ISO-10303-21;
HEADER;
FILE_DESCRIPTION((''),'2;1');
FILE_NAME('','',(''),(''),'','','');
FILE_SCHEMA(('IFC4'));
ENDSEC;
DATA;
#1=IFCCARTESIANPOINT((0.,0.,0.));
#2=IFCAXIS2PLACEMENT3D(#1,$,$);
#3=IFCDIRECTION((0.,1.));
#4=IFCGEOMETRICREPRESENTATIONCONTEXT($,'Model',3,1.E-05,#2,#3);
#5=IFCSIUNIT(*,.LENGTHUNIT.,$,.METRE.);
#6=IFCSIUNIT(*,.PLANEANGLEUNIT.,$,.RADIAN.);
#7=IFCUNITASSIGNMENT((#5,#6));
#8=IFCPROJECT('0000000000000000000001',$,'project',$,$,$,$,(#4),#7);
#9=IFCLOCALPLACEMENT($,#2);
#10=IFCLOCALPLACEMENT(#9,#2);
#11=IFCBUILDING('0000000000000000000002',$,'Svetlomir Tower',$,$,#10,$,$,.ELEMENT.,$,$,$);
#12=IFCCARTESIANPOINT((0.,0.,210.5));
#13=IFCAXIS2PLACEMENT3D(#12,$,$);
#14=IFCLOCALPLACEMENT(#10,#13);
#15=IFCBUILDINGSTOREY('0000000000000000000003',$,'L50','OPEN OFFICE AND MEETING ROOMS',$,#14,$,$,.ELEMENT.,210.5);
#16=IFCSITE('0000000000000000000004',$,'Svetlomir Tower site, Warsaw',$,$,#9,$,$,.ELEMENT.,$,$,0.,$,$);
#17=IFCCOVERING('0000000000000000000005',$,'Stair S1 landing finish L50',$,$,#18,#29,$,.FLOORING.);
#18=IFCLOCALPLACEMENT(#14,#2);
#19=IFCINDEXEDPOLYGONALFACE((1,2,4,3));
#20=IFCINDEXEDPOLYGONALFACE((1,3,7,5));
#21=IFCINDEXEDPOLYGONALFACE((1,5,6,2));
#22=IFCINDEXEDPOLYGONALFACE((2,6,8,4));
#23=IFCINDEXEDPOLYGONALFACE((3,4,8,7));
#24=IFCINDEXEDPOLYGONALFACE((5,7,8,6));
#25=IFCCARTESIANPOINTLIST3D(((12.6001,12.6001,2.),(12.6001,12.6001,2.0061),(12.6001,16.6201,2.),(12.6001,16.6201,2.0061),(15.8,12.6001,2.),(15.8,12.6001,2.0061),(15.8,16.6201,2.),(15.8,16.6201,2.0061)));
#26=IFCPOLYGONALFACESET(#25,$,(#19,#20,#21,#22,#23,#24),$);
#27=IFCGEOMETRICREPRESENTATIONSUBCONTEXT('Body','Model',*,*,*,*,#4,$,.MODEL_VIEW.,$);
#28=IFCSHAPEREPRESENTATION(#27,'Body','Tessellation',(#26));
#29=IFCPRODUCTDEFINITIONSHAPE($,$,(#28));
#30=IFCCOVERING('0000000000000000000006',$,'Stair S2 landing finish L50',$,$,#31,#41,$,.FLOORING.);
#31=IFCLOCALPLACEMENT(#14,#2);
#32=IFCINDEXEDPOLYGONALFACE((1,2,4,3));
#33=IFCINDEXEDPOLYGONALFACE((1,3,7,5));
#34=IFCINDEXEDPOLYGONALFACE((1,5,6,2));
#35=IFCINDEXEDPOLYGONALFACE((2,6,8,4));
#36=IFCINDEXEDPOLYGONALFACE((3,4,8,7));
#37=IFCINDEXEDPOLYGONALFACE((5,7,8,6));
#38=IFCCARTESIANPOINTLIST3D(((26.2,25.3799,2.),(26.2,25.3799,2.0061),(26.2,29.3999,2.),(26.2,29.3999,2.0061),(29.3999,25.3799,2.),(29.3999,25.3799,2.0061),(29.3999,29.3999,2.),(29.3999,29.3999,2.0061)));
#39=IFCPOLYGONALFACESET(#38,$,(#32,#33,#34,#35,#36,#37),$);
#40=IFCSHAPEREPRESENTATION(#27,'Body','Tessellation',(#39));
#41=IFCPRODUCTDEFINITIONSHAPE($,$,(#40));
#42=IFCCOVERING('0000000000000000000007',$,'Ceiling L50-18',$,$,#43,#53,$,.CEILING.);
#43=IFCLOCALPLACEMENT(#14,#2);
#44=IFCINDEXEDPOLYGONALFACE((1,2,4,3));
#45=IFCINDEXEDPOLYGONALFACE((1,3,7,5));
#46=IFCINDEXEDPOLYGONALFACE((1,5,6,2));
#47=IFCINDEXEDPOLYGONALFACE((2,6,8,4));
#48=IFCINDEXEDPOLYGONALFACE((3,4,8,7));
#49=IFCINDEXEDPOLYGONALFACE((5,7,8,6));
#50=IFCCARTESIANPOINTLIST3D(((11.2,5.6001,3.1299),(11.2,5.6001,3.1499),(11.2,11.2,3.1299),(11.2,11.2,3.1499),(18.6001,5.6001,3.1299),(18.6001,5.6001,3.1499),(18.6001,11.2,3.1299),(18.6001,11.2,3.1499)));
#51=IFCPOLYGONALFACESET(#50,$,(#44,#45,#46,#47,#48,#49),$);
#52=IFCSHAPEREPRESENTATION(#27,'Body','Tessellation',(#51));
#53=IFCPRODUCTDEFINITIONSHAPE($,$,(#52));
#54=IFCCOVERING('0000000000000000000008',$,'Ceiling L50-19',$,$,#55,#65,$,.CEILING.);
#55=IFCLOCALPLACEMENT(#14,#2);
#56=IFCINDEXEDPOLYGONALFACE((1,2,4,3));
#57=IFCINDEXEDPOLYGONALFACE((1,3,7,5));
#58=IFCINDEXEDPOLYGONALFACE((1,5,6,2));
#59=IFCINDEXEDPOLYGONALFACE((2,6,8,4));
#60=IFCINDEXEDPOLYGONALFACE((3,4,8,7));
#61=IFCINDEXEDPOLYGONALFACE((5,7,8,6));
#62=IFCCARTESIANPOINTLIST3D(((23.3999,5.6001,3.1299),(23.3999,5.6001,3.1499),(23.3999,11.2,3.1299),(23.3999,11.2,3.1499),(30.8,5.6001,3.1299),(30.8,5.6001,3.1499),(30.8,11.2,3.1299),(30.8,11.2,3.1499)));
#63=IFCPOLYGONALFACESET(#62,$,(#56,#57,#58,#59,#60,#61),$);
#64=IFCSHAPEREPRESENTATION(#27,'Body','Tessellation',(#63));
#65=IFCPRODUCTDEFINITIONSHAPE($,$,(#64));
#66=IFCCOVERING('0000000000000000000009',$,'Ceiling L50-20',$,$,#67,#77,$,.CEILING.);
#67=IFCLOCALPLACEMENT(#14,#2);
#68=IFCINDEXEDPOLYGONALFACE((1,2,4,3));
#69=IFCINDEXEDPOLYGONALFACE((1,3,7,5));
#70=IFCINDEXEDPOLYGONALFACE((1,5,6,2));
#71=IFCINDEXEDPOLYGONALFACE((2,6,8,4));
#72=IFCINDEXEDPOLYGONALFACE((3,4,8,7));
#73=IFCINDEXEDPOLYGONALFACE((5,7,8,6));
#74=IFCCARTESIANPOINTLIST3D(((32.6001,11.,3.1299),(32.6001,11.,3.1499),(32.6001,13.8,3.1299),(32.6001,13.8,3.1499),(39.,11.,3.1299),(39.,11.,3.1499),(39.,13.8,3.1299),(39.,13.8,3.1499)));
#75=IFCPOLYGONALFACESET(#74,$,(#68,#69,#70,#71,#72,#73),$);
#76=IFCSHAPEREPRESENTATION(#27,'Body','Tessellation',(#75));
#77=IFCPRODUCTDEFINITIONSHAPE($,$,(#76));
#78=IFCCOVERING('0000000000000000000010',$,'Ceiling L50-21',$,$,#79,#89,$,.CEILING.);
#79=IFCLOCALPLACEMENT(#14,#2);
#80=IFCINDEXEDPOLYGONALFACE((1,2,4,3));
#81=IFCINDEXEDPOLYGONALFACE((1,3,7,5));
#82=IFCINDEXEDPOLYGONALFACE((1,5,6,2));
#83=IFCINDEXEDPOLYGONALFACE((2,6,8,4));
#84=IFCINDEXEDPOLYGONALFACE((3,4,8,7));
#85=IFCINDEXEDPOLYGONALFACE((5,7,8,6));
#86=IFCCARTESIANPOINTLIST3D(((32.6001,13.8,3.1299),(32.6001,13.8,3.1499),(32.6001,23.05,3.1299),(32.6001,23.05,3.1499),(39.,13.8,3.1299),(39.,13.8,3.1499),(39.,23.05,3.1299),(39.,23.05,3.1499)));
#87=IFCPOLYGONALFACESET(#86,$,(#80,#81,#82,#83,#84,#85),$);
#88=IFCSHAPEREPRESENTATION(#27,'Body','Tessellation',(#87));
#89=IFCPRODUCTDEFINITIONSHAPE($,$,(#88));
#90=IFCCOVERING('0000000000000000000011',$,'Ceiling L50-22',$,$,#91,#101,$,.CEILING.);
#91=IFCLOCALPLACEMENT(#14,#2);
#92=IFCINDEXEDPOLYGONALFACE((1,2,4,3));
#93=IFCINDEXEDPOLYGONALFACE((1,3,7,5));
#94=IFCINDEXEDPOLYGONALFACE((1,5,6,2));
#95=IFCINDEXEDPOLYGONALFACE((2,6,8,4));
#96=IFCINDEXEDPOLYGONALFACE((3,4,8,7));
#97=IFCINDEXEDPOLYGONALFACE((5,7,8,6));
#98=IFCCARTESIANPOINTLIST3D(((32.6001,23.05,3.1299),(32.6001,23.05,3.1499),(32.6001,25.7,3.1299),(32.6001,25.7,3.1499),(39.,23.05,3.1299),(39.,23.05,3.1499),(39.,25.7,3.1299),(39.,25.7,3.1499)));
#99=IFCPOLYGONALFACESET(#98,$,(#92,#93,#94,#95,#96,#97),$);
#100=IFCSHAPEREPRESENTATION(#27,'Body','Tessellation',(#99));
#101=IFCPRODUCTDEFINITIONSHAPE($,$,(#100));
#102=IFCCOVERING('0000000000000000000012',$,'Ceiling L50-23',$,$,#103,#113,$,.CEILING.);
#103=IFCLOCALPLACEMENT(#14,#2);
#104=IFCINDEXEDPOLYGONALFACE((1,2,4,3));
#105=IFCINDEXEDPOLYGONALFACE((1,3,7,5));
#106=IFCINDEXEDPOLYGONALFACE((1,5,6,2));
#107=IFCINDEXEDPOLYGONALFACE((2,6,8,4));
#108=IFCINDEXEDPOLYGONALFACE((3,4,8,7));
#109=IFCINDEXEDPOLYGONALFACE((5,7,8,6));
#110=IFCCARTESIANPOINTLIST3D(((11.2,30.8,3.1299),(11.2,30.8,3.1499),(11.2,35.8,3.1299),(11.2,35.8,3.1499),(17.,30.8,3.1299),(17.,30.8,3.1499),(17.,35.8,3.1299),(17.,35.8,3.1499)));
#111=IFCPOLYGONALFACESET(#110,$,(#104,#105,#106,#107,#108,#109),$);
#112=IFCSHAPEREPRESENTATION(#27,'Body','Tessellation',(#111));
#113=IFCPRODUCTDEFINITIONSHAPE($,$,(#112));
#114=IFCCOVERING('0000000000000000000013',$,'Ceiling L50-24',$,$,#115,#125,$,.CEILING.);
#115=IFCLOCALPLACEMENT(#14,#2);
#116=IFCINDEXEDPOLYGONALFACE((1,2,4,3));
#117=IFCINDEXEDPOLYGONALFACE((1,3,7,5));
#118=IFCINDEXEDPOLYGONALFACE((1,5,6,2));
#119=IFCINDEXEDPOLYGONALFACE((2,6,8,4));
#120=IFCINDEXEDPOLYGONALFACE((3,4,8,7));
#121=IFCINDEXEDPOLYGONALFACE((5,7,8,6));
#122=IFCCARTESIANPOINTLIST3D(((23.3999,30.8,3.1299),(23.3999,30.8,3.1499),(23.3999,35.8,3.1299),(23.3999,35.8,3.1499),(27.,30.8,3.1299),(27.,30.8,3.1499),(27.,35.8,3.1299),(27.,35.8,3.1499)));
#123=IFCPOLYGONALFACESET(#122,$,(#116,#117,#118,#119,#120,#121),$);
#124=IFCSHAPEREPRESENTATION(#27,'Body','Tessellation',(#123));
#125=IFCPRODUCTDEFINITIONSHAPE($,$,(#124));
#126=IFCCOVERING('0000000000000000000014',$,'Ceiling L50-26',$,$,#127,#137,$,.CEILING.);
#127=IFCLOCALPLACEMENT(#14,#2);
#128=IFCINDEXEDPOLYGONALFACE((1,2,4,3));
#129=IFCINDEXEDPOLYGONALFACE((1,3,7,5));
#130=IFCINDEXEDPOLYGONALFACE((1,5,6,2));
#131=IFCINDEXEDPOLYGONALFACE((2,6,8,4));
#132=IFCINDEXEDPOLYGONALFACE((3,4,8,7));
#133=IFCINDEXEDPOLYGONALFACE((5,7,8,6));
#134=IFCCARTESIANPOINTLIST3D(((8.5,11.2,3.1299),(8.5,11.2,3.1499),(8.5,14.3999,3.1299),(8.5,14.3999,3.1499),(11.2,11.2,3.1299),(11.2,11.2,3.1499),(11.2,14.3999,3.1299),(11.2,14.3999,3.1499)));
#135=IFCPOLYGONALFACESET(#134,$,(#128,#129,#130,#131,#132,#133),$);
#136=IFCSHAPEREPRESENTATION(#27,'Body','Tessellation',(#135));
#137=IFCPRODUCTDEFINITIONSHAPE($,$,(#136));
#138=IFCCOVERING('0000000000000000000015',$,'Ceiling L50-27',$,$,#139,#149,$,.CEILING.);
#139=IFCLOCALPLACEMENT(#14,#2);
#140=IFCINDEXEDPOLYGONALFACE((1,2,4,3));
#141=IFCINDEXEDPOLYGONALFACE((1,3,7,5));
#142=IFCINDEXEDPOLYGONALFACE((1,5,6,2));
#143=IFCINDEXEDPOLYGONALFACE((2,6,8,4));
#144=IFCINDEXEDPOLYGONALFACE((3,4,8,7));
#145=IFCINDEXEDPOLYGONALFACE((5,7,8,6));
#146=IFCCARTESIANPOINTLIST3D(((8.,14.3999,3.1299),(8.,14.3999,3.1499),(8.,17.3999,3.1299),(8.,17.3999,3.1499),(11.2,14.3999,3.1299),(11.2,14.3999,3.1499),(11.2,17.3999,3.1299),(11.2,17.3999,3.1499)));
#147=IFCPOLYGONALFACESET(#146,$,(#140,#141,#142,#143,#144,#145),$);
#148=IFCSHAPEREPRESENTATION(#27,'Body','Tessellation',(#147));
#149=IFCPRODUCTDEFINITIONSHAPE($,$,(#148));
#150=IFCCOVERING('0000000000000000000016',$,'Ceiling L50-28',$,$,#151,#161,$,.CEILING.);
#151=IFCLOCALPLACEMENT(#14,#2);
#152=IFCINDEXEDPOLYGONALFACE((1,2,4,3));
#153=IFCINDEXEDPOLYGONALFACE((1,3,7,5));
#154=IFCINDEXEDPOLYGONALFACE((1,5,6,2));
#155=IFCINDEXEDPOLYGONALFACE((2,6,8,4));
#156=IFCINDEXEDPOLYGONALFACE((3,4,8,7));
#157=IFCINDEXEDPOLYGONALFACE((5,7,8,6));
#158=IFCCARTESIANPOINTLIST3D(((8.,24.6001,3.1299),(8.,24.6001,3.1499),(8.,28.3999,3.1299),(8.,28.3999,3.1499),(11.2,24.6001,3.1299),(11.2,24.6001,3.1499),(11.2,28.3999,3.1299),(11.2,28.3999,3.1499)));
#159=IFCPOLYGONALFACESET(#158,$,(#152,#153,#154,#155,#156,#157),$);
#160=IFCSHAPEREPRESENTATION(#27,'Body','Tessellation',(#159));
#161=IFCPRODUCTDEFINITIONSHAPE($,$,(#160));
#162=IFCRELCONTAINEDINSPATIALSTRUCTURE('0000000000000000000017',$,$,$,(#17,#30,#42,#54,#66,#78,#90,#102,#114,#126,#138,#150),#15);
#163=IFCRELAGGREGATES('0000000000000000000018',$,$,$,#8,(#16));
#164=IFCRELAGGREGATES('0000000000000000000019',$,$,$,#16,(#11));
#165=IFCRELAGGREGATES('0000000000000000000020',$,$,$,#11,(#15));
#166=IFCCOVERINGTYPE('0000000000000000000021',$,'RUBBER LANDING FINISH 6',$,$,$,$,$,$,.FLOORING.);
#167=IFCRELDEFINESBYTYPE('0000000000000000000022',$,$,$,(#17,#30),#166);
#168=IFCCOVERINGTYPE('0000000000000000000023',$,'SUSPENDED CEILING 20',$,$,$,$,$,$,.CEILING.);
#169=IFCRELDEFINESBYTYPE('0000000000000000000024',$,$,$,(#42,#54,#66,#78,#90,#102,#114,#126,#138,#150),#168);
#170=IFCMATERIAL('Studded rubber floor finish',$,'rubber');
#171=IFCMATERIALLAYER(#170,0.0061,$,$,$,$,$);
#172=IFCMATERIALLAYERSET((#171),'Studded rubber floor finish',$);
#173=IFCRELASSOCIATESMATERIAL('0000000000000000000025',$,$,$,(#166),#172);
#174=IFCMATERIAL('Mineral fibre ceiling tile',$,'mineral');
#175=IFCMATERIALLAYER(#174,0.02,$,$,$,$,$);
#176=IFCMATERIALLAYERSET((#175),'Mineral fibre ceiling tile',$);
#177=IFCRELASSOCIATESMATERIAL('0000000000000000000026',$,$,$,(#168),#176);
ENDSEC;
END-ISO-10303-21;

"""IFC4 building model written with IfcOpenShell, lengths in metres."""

from ifc_helpers import new_model, si_unit, direction, frame, origin, place, context, subcontext, project, spatial, polyline, outline, extrude, material, layer, layer_set, type_object, element, save


model = new_model("IFC4")

# Units and contexts
model_context = context("Model", 3, precision=1e-05, world=origin(), true_north=direction((0.0, 1.0)))
body_context = subcontext(model_context, "Body", "Model", "MODEL_VIEW")
ifc_project = project(units=[si_unit("LENGTHUNIT", "METRE"), si_unit("PLANEANGLEUNIT", "RADIAN")], contexts=[model_context])

# Site, building, storey
site_placement = place(None, origin())
site = spatial("IfcSite", under=ifc_project, at=site_placement, Name="Svetlomir Tower site, Warsaw", CompositionType="ELEMENT", RefElevation=0.0)
building_placement = place(site_placement, origin())
building = spatial("IfcBuilding", under=site, at=building_placement, Name="Svetlomir Tower", CompositionType="ELEMENT")
storey_placement = place(building_placement, frame((0.0, 0.0, 210.5)))
storey = spatial("IfcBuildingStorey", under=building, at=storey_placement, Name="L50", Description="OPEN OFFICE AND MEETING ROOMS", CompositionType="ELEMENT", Elevation=210.5)

# Coverings
ifc_material_1 = material(Name="Studded rubber floor finish", Category="rubber")
ifc_layer_1 = layer(ifc_material_1, 0.0061)
ifc_layer_set_1 = layer_set([ifc_layer_1], Name="Studded rubber floor finish")
covering_type_1 = type_object("IfcCoveringType", Name="RUBBER LANDING FINISH 6", PredefinedType="FLOORING", material=ifc_layer_set_1)
covering_1_placement = place(storey_placement, frame((0.0, 0.0, 2.0)))
element("IfcCovering", 1, at=covering_1_placement, inside=storey, type_object=covering_type_1, Name="Stair S1 landing finish L50", PredefinedType="FLOORING", context=body_context, shape_type="SweptSolid", body=[
    extrude(outline(polyline([(12.6001, 12.6001), (15.8, 12.6001), (15.8, 16.6201), (12.6001, 16.6201), (12.6001, 12.6001)])), origin(), (0.0, 0.0, 1.0), 0.0061),
])
covering_2_placement = place(storey_placement, frame((0.0, 0.0, 2.0)))
element("IfcCovering", 2, at=covering_2_placement, inside=storey, type_object=covering_type_1, Name="Stair S2 landing finish L50", PredefinedType="FLOORING", context=body_context, shape_type="SweptSolid", body=[
    extrude(outline(polyline([(26.2, 25.3799), (29.3999, 25.3799), (29.3999, 29.3999), (26.2, 29.3999), (26.2, 25.3799)])), origin(), (0.0, 0.0, 1.0), 0.0061),
])
ifc_material_2 = material(Name="Mineral fibre ceiling tile", Category="mineral")
ifc_layer_2 = layer(ifc_material_2, 0.02)
ifc_layer_set_2 = layer_set([ifc_layer_2], Name="Mineral fibre ceiling tile")
covering_type_2 = type_object("IfcCoveringType", Name="SUSPENDED CEILING 20", PredefinedType="CEILING", material=ifc_layer_set_2)
covering_3_placement = place(storey_placement, frame((0.0, 0.0, 3.1299)))
element("IfcCovering", 3, at=covering_3_placement, inside=storey, type_object=covering_type_2, Name="Ceiling L50-18", PredefinedType="CEILING", context=body_context, shape_type="SweptSolid", body=[
    extrude(outline(polyline([(11.2, 5.6001), (18.6001, 5.6001), (18.6001, 11.2), (11.2, 11.2), (11.2, 5.6001)])), origin(), (0.0, 0.0, 1.0), 0.02),
])
covering_4_placement = place(storey_placement, frame((0.0, 0.0, 3.1299)))
element("IfcCovering", 4, at=covering_4_placement, inside=storey, type_object=covering_type_2, Name="Ceiling L50-19", PredefinedType="CEILING", context=body_context, shape_type="SweptSolid", body=[
    extrude(outline(polyline([(23.3999, 5.6001), (30.8, 5.6001), (30.8, 11.2), (23.3999, 11.2), (23.3999, 5.6001)])), origin(), (0.0, 0.0, 1.0), 0.02),
])
covering_5_placement = place(storey_placement, frame((0.0, 0.0, 3.1299)))
element("IfcCovering", 5, at=covering_5_placement, inside=storey, type_object=covering_type_2, Name="Ceiling L50-20", PredefinedType="CEILING", context=body_context, shape_type="SweptSolid", body=[
    extrude(outline(polyline([(32.6001, 11.0), (39.0, 11.0), (39.0, 13.8), (32.6001, 13.8), (32.6001, 11.0)])), origin(), (0.0, 0.0, 1.0), 0.02),
])
covering_6_placement = place(storey_placement, frame((0.0, 0.0, 3.1299)))
element("IfcCovering", 6, at=covering_6_placement, inside=storey, type_object=covering_type_2, Name="Ceiling L50-21", PredefinedType="CEILING", context=body_context, shape_type="SweptSolid", body=[
    extrude(outline(polyline([(32.6001, 13.8), (39.0, 13.8), (39.0, 23.05), (32.6001, 23.05), (32.6001, 13.8)])), origin(), (0.0, 0.0, 1.0), 0.02),
])
covering_7_placement = place(storey_placement, frame((0.0, 0.0, 3.1299)))
element("IfcCovering", 7, at=covering_7_placement, inside=storey, type_object=covering_type_2, Name="Ceiling L50-22", PredefinedType="CEILING", context=body_context, shape_type="SweptSolid", body=[
    extrude(outline(polyline([(32.6001, 23.05), (39.0, 23.05), (39.0, 25.7), (32.6001, 25.7), (32.6001, 23.05)])), origin(), (0.0, 0.0, 1.0), 0.02),
])
covering_8_placement = place(storey_placement, frame((0.0, 0.0, 3.1299)))
element("IfcCovering", 8, at=covering_8_placement, inside=storey, type_object=covering_type_2, Name="Ceiling L50-23", PredefinedType="CEILING", context=body_context, shape_type="SweptSolid", body=[
    extrude(outline(polyline([(11.2, 30.8), (17.0, 30.8), (17.0, 35.8), (11.2, 35.8), (11.2, 30.8)])), origin(), (0.0, 0.0, 1.0), 0.02),
])
covering_9_placement = place(storey_placement, frame((0.0, 0.0, 3.1299)))
element("IfcCovering", 9, at=covering_9_placement, inside=storey, type_object=covering_type_2, Name="Ceiling L50-24", PredefinedType="CEILING", context=body_context, shape_type="SweptSolid", body=[
    extrude(outline(polyline([(23.3999, 30.8), (27.0, 30.8), (27.0, 35.8), (23.3999, 35.8), (23.3999, 30.8)])), origin(), (0.0, 0.0, 1.0), 0.02),
])
covering_10_placement = place(storey_placement, frame((0.0, 0.0, 3.1299)))
element("IfcCovering", 10, at=covering_10_placement, inside=storey, type_object=covering_type_2, Name="Ceiling L50-26", PredefinedType="CEILING", context=body_context, shape_type="SweptSolid", body=[
    extrude(outline(polyline([(8.5, 11.2), (11.2, 11.2), (11.2, 14.3999), (8.5, 14.3999), (8.5, 11.2)])), origin(), (0.0, 0.0, 1.0), 0.02),
])
covering_11_placement = place(storey_placement, frame((0.0, 0.0, 3.1299)))
element("IfcCovering", 11, at=covering_11_placement, inside=storey, type_object=covering_type_2, Name="Ceiling L50-27", PredefinedType="CEILING", context=body_context, shape_type="SweptSolid", body=[
    extrude(outline(polyline([(8.0, 14.3999), (11.2, 14.3999), (11.2, 17.3999), (8.0, 17.3999), (8.0, 14.3999)])), origin(), (0.0, 0.0, 1.0), 0.02),
])
covering_12_placement = place(storey_placement, frame((0.0, 0.0, 3.1299)))
element("IfcCovering", 12, at=covering_12_placement, inside=storey, type_object=covering_type_2, Name="Ceiling L50-28", PredefinedType="CEILING", context=body_context, shape_type="SweptSolid", body=[
    extrude(outline(polyline([(8.0, 24.6001), (11.2, 24.6001), (11.2, 28.3999), (8.0, 28.3999), (8.0, 24.6001)])), origin(), (0.0, 0.0, 1.0), 0.02),
])

save(model, "model.ifc")
